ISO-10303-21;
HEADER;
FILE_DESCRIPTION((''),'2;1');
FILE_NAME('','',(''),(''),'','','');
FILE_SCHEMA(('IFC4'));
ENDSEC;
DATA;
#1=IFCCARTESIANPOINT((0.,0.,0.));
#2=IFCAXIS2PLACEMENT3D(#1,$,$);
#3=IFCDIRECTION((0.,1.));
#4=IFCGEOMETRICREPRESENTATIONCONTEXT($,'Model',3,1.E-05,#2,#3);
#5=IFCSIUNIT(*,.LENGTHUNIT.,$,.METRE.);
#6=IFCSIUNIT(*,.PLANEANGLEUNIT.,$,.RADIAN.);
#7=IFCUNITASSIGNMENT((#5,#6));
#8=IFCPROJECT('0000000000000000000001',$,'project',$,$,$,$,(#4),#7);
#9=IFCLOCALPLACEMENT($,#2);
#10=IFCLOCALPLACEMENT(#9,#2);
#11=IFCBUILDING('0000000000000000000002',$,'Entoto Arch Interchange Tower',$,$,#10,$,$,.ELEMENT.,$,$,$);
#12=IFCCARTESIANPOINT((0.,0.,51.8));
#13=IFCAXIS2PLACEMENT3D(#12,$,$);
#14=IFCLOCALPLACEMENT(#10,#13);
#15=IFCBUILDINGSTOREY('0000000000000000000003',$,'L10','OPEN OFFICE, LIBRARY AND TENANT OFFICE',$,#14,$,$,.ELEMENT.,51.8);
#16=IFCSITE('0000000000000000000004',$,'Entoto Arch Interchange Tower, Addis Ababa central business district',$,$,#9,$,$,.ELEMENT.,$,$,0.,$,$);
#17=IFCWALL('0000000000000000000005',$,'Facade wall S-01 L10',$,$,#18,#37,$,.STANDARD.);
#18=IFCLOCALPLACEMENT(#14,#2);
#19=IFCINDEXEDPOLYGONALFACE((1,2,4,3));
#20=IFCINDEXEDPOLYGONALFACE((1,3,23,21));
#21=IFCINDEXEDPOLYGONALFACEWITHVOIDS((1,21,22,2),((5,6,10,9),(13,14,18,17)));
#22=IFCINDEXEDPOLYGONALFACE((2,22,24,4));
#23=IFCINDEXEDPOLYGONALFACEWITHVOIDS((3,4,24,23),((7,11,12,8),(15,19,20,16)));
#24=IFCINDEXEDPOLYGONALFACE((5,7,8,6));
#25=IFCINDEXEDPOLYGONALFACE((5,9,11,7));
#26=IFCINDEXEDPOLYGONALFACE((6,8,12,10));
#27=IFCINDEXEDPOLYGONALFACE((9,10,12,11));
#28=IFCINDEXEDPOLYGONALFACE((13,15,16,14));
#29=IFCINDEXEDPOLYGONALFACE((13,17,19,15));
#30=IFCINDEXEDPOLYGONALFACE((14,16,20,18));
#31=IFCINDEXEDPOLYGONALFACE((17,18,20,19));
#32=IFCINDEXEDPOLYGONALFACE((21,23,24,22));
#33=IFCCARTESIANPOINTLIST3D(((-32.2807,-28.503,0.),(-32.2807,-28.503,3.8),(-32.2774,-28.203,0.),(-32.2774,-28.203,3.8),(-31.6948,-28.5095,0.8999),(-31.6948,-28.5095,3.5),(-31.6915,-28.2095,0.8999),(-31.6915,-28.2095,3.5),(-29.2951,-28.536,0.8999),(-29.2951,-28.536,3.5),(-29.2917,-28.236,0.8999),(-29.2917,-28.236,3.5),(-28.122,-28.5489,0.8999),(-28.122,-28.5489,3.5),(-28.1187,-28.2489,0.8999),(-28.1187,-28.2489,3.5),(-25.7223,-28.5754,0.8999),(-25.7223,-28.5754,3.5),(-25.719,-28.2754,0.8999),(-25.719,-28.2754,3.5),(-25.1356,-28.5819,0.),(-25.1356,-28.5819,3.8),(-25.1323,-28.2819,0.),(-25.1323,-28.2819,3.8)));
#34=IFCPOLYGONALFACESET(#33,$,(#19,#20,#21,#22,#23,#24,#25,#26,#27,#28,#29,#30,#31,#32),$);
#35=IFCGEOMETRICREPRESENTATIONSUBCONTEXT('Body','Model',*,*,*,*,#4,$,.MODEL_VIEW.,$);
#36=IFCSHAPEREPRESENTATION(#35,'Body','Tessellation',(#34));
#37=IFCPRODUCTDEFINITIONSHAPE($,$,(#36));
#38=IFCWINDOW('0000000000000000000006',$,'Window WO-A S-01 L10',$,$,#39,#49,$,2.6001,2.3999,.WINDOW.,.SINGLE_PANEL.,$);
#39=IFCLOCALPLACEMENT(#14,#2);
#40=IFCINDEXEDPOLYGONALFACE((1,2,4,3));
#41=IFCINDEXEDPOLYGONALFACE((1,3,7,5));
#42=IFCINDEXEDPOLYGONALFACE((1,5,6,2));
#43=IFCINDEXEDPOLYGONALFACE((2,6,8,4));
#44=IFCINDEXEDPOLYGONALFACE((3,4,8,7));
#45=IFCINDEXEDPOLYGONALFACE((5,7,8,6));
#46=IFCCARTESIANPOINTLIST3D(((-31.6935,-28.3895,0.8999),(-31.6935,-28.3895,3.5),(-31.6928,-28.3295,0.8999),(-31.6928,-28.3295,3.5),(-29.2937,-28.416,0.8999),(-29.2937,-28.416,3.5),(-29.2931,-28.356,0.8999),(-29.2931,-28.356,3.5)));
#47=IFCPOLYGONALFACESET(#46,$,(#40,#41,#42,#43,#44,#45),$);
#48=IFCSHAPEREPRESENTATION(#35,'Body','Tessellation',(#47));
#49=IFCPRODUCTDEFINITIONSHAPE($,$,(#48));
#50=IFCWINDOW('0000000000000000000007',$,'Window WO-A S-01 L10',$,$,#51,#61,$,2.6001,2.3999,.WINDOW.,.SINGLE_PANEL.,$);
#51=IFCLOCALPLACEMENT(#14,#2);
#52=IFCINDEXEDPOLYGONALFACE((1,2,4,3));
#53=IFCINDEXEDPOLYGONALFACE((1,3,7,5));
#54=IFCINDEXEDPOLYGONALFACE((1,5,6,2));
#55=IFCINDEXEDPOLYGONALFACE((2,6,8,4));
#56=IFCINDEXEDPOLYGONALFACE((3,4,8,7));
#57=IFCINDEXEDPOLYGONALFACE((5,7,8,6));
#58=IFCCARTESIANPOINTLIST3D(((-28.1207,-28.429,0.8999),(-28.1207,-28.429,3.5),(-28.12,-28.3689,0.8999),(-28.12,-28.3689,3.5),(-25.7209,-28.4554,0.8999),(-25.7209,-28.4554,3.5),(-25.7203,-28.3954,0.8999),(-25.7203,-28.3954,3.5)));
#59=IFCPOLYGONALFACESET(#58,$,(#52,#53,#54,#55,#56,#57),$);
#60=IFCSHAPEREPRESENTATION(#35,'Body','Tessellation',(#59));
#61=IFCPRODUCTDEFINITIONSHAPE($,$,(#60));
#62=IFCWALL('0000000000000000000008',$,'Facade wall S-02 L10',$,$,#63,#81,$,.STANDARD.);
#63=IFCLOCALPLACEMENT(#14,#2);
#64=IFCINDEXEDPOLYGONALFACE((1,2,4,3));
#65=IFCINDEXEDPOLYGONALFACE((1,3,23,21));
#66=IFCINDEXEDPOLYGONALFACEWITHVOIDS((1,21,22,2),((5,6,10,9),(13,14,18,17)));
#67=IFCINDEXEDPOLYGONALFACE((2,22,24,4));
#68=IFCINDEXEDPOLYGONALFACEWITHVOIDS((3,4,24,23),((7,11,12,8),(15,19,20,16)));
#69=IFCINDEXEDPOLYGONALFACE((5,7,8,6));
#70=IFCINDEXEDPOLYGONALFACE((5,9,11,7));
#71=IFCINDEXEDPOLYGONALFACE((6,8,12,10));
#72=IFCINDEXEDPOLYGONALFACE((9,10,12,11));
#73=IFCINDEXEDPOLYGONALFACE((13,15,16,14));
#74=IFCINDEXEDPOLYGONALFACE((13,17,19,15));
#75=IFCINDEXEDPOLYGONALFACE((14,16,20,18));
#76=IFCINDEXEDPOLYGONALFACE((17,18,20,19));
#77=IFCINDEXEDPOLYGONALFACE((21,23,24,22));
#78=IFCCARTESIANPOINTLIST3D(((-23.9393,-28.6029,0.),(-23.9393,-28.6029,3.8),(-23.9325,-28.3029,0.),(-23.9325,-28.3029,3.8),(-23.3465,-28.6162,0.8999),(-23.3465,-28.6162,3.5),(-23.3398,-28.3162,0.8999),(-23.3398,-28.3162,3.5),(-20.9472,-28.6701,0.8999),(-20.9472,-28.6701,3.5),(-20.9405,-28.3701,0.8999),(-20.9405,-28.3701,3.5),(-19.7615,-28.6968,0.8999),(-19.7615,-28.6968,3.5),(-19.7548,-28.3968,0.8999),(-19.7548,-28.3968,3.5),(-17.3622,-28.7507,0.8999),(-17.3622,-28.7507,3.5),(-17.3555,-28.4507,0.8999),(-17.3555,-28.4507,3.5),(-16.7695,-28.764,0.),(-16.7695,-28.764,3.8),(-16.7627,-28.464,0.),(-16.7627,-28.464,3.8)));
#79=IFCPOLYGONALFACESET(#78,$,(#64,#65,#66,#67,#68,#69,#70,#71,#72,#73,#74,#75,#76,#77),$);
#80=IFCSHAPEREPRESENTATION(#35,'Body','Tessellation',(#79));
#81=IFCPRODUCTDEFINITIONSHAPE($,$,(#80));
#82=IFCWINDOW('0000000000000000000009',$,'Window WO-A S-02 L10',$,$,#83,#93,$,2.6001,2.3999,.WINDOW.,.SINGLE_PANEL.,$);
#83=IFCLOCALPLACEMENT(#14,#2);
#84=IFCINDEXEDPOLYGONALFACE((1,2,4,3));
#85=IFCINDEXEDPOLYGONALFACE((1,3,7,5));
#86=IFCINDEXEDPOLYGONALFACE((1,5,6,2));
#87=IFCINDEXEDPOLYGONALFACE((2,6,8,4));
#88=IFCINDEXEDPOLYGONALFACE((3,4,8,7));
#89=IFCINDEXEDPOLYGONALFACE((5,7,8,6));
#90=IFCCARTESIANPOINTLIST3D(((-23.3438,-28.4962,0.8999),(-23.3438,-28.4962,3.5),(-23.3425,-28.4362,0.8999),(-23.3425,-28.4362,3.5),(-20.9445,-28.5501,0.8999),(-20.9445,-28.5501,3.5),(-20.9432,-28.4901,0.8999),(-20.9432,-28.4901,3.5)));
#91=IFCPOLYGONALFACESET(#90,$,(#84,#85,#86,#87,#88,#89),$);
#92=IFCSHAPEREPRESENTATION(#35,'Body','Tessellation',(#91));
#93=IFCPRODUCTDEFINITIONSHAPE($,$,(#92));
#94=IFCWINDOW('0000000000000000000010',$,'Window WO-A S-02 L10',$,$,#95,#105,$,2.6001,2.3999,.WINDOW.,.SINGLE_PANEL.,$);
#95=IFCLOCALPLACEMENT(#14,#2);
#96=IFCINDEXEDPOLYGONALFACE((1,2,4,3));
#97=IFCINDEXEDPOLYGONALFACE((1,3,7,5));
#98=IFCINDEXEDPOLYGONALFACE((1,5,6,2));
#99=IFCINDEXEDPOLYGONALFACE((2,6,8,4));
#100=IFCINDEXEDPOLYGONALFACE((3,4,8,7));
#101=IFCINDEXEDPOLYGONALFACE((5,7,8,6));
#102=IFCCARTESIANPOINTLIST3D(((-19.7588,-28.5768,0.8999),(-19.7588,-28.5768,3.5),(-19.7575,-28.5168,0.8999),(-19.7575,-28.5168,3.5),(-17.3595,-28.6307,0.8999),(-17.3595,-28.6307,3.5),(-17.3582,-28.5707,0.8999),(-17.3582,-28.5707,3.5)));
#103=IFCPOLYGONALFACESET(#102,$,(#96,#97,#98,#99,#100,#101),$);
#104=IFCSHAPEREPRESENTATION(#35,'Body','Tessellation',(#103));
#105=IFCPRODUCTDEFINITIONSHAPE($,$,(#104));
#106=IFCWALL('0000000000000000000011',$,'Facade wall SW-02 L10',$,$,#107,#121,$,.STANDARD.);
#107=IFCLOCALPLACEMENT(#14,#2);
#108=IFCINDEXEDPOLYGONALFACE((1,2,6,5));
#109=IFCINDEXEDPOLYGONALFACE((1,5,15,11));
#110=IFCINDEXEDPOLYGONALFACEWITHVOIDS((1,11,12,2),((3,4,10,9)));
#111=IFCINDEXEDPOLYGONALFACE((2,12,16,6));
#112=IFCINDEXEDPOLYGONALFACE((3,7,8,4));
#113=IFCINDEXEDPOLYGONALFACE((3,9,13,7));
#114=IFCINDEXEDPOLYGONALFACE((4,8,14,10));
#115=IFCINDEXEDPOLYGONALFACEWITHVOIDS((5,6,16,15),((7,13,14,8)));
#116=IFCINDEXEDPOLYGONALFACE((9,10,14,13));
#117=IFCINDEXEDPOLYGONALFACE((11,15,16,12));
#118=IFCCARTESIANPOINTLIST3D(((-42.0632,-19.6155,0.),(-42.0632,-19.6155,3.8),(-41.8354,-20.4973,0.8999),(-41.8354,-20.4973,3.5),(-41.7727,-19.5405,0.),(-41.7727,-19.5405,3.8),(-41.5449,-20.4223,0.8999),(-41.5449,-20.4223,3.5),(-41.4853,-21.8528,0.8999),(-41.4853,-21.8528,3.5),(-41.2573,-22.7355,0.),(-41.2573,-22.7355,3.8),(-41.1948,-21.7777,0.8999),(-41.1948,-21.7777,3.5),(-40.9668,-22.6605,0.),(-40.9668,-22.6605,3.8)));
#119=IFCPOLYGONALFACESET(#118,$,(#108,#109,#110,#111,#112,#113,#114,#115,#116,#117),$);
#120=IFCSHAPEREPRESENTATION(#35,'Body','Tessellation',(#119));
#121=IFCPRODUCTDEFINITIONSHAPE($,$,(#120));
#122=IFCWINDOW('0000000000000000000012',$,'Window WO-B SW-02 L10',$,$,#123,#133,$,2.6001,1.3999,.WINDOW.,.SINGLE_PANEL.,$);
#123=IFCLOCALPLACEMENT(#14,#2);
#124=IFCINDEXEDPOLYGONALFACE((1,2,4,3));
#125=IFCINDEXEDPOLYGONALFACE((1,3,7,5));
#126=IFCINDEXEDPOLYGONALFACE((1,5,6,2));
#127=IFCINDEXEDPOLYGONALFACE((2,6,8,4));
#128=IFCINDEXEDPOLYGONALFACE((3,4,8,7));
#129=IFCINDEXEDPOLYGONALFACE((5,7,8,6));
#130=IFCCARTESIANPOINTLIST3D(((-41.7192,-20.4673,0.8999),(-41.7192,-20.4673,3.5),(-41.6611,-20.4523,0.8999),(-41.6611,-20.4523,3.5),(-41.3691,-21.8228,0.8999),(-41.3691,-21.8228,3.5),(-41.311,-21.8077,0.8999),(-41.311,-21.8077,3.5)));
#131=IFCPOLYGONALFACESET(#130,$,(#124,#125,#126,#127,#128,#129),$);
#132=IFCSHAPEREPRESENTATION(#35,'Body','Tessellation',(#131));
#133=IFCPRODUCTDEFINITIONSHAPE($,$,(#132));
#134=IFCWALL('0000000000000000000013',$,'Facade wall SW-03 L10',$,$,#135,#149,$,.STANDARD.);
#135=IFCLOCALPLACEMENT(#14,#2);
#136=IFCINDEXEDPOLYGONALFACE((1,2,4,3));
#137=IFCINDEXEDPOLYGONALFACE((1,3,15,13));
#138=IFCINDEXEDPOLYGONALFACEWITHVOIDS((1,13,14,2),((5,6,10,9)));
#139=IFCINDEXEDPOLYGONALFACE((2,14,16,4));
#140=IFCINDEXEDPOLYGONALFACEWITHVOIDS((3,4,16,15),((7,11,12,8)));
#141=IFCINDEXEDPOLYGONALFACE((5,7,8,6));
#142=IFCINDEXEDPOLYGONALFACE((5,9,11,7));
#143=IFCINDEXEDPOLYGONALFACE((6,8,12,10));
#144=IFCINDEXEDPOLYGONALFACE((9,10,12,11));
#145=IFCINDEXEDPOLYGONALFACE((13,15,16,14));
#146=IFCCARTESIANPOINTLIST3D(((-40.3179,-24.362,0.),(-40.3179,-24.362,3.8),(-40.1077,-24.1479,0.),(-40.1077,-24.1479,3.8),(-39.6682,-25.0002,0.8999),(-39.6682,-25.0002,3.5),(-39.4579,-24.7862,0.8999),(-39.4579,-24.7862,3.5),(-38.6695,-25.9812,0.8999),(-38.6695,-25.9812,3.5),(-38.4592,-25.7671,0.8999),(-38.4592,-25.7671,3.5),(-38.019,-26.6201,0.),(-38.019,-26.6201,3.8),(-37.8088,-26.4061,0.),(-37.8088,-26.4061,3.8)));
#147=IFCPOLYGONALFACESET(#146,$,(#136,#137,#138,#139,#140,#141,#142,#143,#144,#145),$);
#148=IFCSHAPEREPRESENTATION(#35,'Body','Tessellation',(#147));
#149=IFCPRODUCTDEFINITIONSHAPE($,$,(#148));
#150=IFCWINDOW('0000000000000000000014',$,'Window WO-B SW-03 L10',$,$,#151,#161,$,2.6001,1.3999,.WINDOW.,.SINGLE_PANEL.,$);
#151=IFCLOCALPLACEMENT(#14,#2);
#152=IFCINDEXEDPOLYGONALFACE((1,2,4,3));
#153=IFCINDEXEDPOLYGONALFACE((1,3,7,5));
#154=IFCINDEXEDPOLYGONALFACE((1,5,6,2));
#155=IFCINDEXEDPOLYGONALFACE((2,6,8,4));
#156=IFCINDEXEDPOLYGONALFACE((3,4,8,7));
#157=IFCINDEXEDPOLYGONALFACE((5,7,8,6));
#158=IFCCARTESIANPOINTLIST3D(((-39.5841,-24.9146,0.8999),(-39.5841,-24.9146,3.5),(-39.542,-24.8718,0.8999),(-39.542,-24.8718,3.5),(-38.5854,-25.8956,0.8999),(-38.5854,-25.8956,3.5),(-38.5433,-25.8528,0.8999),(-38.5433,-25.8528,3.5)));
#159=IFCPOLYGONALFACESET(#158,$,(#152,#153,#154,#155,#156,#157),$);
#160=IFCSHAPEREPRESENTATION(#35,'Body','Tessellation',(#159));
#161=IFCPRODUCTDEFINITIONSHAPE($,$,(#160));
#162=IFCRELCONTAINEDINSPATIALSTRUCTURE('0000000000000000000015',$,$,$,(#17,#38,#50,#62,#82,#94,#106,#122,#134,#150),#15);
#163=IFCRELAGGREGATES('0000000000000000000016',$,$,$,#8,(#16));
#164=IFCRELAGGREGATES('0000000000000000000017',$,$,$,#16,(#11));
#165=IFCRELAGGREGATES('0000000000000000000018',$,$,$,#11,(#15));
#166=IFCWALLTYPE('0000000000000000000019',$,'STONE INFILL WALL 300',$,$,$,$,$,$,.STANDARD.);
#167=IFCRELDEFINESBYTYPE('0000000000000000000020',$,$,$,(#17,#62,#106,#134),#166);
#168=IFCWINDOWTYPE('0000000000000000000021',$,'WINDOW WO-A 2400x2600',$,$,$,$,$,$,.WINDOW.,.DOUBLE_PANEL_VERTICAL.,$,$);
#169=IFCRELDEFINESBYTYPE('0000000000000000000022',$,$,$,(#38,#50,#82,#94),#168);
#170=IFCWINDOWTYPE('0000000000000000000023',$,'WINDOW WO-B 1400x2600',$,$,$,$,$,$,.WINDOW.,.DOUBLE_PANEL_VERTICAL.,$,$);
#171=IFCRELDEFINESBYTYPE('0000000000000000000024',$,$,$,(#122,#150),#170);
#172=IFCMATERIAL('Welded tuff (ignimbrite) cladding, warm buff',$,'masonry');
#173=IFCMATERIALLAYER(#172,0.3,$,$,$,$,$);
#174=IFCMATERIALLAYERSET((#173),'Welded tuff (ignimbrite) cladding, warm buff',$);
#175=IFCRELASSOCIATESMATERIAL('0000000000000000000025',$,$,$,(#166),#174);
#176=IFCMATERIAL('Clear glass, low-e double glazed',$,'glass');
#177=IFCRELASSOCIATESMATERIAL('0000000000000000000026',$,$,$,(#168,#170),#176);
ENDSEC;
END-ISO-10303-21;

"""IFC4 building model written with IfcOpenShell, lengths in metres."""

from ifc_helpers import new_model, si_unit, direction, frame, frame_2d, origin, place, context, subcontext, project, spatial, rectangle, extrude, material, layer, layer_set, type_object, element, fill, save


model = new_model("IFC4")

# Units and contexts
model_context = context("Model", 3, precision=1e-05, world=origin(), true_north=direction((0.0, 1.0)))
body_context = subcontext(model_context, "Body", "Model", "MODEL_VIEW")
ifc_project = project(units=[si_unit("LENGTHUNIT", "METRE"), si_unit("PLANEANGLEUNIT", "RADIAN")], contexts=[model_context])

# Site, building, storey
site_placement = place(None, origin())
site = spatial("IfcSite", under=ifc_project, at=site_placement, Name="Entoto Arch Interchange Tower, Addis Ababa central business district", CompositionType="ELEMENT", RefElevation=0.0)
building_placement = place(site_placement, origin())
building = spatial("IfcBuilding", under=site, at=building_placement, Name="Entoto Arch Interchange Tower", CompositionType="ELEMENT")
storey_placement = place(building_placement, frame((0.0, 0.0, 51.8)))
storey = spatial("IfcBuildingStorey", under=building, at=storey_placement, Name="L10", Description="OPEN OFFICE, LIBRARY AND TENANT OFFICE", CompositionType="ELEMENT", Elevation=51.8)

# Walls, openings, windows
ifc_material_1 = material(Name="Welded tuff (ignimbrite) cladding, warm buff", Category="masonry")
ifc_layer_1 = layer(ifc_material_1, 0.3)
ifc_layer_set_1 = layer_set([ifc_layer_1], Name="Welded tuff (ignimbrite) cladding, warm buff")
wall_type_1 = type_object("IfcWallType", Name="STONE INFILL WALL 300", PredefinedType="STANDARD", material=ifc_layer_set_1)
wall_1_placement = place(storey_placement, frame((-32.2791, -28.353, 0.0), z_axis=(0.0, 0.0, 1.0), x_axis=(0.999939, -0.011036, 0.0)))
wall_1 = element("IfcWall", 1, at=wall_1_placement, inside=storey, type_object=wall_type_1, Name="Facade wall S-01 L10", PredefinedType="STANDARD", context=body_context, shape_type="SweptSolid", body=[
    extrude(rectangle(XDim=7.1455, YDim=0.3, at=frame_2d((3.5728, 0.0))), origin(), (0.0, 0.0, 1.0), 3.8),
])
opening_1_placement = place(wall_1_placement, frame((0.5859, 0.0, 0.8999)))
opening_1 = element("IfcOpeningElement", 2, at=opening_1_placement, cuts=wall_1, PredefinedType="OPENING", context=body_context, shape_type="SweptSolid", body=[
    extrude(rectangle(XDim=2.3999, YDim=2.6001, at=frame_2d((1.2, 1.3))), frame((0.0, 0.1602, 0.0), z_axis=(0.0, -1.0, 0.0), x_axis=(1.0, 0.0, 0.0)), (0.0, 0.0, 1.0), 0.3201),
])
opening_2_placement = place(wall_1_placement, frame((4.1589, 0.0, 0.8999)))
opening_2 = element("IfcOpeningElement", 3, at=opening_2_placement, cuts=wall_1, PredefinedType="OPENING", context=body_context, shape_type="SweptSolid", body=[
    extrude(rectangle(XDim=2.3999, YDim=2.6001, at=frame_2d((1.2, 1.3))), frame((0.0, 0.1602, 0.0), z_axis=(0.0, -1.0, 0.0), x_axis=(1.0, 0.0, 0.0)), (0.0, 0.0, 1.0), 0.3201),
])
ifc_material_2 = material(Name="Clear glass, low-e double glazed", Category="glass")
window_type_1 = type_object("IfcWindowType", Name="WINDOW WO-A 2400x2600", PartitioningType="DOUBLE_PANEL_VERTICAL", PredefinedType="WINDOW", material=ifc_material_2)
window_1_placement = place(opening_1_placement, origin())
window_1 = element("IfcWindow", 4, at=window_1_placement, inside=storey, type_object=window_type_1, Name="Window WO-A S-01 L10", OverallHeight=2.6001, OverallWidth=2.3999, PartitioningType="SINGLE_PANEL", PredefinedType="WINDOW", context=body_context, shape_type="SweptSolid", body=[
    extrude(rectangle(XDim=2.3999, YDim=2.6001, at=frame_2d((1.2, 1.3))), frame((0.0, 0.03, 0.0), z_axis=(0.0, -1.0, 0.0), x_axis=(1.0, 0.0, 0.0)), (0.0, 0.0, 1.0), 0.0601),
])
fill(opening_1, window_1)
window_2_placement = place(opening_2_placement, origin())
window_2 = element("IfcWindow", 5, at=window_2_placement, inside=storey, type_object=window_type_1, Name="Window WO-A S-01 L10", OverallHeight=2.6001, OverallWidth=2.3999, PartitioningType="SINGLE_PANEL", PredefinedType="WINDOW", context=body_context, shape_type="SweptSolid", body=[
    extrude(rectangle(XDim=2.3999, YDim=2.6001, at=frame_2d((1.2, 1.3))), frame((0.0, 0.03, 0.0), z_axis=(0.0, -1.0, 0.0), x_axis=(1.0, 0.0, 0.0)), (0.0, 0.0, 1.0), 0.0601),
])
fill(opening_2, window_2)
wall_2_placement = place(storey_placement, frame((-23.936, -28.4529, 0.0), z_axis=(0.0, 0.0, 1.0), x_axis=(0.999748, -0.022468, 0.0)))
wall_2 = element("IfcWall", 6, at=wall_2_placement, inside=storey, type_object=wall_type_1, Name="Facade wall S-02 L10", PredefinedType="STANDARD", context=body_context, shape_type="SweptSolid", body=[
    extrude(rectangle(XDim=7.1716, YDim=0.3, at=frame_2d((3.5859, 0.0))), origin(), (0.0, 0.0, 1.0), 3.8),
])
opening_3_placement = place(wall_2_placement, frame((0.593, 0.0, 0.8999)))
opening_3 = element("IfcOpeningElement", 7, at=opening_3_placement, cuts=wall_2, PredefinedType="OPENING", context=body_context, shape_type="SweptSolid", body=[
    extrude(rectangle(XDim=2.3999, YDim=2.6001, at=frame_2d((1.2, 1.3))), frame((0.0, 0.1602, 0.0), z_axis=(0.0, -1.0, 0.0), x_axis=(1.0, 0.0, 0.0)), (0.0, 0.0, 1.0), 0.3201),
])
opening_4_placement = place(wall_2_placement, frame((4.179, 0.0, 0.8999)))
opening_4 = element("IfcOpeningElement", 8, at=opening_4_placement, cuts=wall_2, PredefinedType="OPENING", context=body_context, shape_type="SweptSolid", body=[
    extrude(rectangle(XDim=2.3999, YDim=2.6001, at=frame_2d((1.2, 1.3))), frame((0.0, 0.1602, 0.0), z_axis=(0.0, -1.0, 0.0), x_axis=(1.0, 0.0, 0.0)), (0.0, 0.0, 1.0), 0.3201),
])
window_3_placement = place(opening_3_placement, origin())
window_3 = element("IfcWindow", 9, at=window_3_placement, inside=storey, type_object=window_type_1, Name="Window WO-A S-02 L10", OverallHeight=2.6001, OverallWidth=2.3999, PartitioningType="SINGLE_PANEL", PredefinedType="WINDOW", context=body_context, shape_type="SweptSolid", body=[
    extrude(rectangle(XDim=2.3999, YDim=2.6001, at=frame_2d((1.2, 1.3))), frame((0.0, 0.03, 0.0), z_axis=(0.0, -1.0, 0.0), x_axis=(1.0, 0.0, 0.0)), (0.0, 0.0, 1.0), 0.0601),
])
fill(opening_3, window_3)
window_4_placement = place(opening_4_placement, origin())
window_4 = element("IfcWindow", 10, at=window_4_placement, inside=storey, type_object=window_type_1, Name="Window WO-A S-02 L10", OverallHeight=2.6001, OverallWidth=2.3999, PartitioningType="SINGLE_PANEL", PredefinedType="WINDOW", context=body_context, shape_type="SweptSolid", body=[
    extrude(rectangle(XDim=2.3999, YDim=2.6001, at=frame_2d((1.2, 1.3))), frame((0.0, 0.03, 0.0), z_axis=(0.0, -1.0, 0.0), x_axis=(1.0, 0.0, 0.0)), (0.0, 0.0, 1.0), 0.0601),
])
fill(opening_4, window_4)

# Walls, openings, windows
wall_3_placement = place(storey_placement, frame((-41.918, -19.5779, 0.0), z_axis=(0.0, 0.0, 1.0), x_axis=(0.250087, -0.968223, 0.0)))
wall_3 = element("IfcWall", 11, at=wall_3_placement, inside=storey, type_object=wall_type_1, Name="Facade wall SW-02 L10", PredefinedType="STANDARD", context=body_context, shape_type="SweptSolid", body=[
    extrude(rectangle(XDim=3.2224, YDim=0.3, at=frame_2d((1.6113, 0.0))), origin(), (0.0, 0.0, 1.0), 3.8),
])
opening_5_placement = place(wall_3_placement, frame((0.9109, 0.0, 0.8999)))
opening_5 = element("IfcOpeningElement", 12, at=opening_5_placement, cuts=wall_3, PredefinedType="OPENING", context=body_context, shape_type="SweptSolid", body=[
    extrude(rectangle(XDim=1.3999, YDim=2.6001, at=frame_2d((0.7, 1.3))), frame((0.0, 0.1602, 0.0), z_axis=(0.0, -1.0, 0.0), x_axis=(1.0, 0.0, 0.0)), (0.0, 0.0, 1.0), 0.3201),
])
window_type_2 = type_object("IfcWindowType", Name="WINDOW WO-B 1400x2600", PartitioningType="DOUBLE_PANEL_VERTICAL", PredefinedType="WINDOW", material=ifc_material_2)
window_5_placement = place(opening_5_placement, origin())
window_5 = element("IfcWindow", 13, at=window_5_placement, inside=storey, type_object=window_type_2, Name="Window WO-B SW-02 L10", OverallHeight=2.6001, OverallWidth=1.3999, PartitioningType="SINGLE_PANEL", PredefinedType="WINDOW", context=body_context, shape_type="SweptSolid", body=[
    extrude(rectangle(XDim=1.3999, YDim=2.6001, at=frame_2d((0.7, 1.3))), frame((0.0, 0.03, 0.0), z_axis=(0.0, -1.0, 0.0), x_axis=(1.0, 0.0, 0.0)), (0.0, 0.0, 1.0), 0.0601),
])
fill(opening_5, window_5)
wall_4_placement = place(storey_placement, frame((-40.2129, -24.2549, 0.0), z_axis=(0.0, 0.0, 1.0), x_axis=(0.713405, -0.700752, 0.0)))
wall_4 = element("IfcWall", 14, at=wall_4_placement, inside=storey, type_object=wall_type_1, Name="Facade wall SW-03 L10", PredefinedType="STANDARD", context=body_context, shape_type="SweptSolid", body=[
    extrude(rectangle(XDim=3.2224, YDim=0.3, at=frame_2d((1.6113, 0.0))), origin(), (0.0, 0.0, 1.0), 3.8),
])
opening_6_placement = place(wall_4_placement, frame((0.9109, 0.0, 0.8999)))
opening_6 = element("IfcOpeningElement", 15, at=opening_6_placement, cuts=wall_4, PredefinedType="OPENING", context=body_context, shape_type="SweptSolid", body=[
    extrude(rectangle(XDim=1.3999, YDim=2.6001, at=frame_2d((0.7, 1.3))), frame((0.0, 0.1602, 0.0), z_axis=(0.0, -1.0, 0.0), x_axis=(1.0, 0.0, 0.0)), (0.0, 0.0, 1.0), 0.3201),
])
window_6_placement = place(opening_6_placement, origin())
window_6 = element("IfcWindow", 16, at=window_6_placement, inside=storey, type_object=window_type_2, Name="Window WO-B SW-03 L10", OverallHeight=2.6001, OverallWidth=1.3999, PartitioningType="SINGLE_PANEL", PredefinedType="WINDOW", context=body_context, shape_type="SweptSolid", body=[
    extrude(rectangle(XDim=1.3999, YDim=2.6001, at=frame_2d((0.7, 1.3))), frame((0.0, 0.03, 0.0), z_axis=(0.0, -1.0, 0.0), x_axis=(1.0, 0.0, 0.0)), (0.0, 0.0, 1.0), 0.0601),
])
fill(opening_6, window_6)

save(model, "model.ifc")
